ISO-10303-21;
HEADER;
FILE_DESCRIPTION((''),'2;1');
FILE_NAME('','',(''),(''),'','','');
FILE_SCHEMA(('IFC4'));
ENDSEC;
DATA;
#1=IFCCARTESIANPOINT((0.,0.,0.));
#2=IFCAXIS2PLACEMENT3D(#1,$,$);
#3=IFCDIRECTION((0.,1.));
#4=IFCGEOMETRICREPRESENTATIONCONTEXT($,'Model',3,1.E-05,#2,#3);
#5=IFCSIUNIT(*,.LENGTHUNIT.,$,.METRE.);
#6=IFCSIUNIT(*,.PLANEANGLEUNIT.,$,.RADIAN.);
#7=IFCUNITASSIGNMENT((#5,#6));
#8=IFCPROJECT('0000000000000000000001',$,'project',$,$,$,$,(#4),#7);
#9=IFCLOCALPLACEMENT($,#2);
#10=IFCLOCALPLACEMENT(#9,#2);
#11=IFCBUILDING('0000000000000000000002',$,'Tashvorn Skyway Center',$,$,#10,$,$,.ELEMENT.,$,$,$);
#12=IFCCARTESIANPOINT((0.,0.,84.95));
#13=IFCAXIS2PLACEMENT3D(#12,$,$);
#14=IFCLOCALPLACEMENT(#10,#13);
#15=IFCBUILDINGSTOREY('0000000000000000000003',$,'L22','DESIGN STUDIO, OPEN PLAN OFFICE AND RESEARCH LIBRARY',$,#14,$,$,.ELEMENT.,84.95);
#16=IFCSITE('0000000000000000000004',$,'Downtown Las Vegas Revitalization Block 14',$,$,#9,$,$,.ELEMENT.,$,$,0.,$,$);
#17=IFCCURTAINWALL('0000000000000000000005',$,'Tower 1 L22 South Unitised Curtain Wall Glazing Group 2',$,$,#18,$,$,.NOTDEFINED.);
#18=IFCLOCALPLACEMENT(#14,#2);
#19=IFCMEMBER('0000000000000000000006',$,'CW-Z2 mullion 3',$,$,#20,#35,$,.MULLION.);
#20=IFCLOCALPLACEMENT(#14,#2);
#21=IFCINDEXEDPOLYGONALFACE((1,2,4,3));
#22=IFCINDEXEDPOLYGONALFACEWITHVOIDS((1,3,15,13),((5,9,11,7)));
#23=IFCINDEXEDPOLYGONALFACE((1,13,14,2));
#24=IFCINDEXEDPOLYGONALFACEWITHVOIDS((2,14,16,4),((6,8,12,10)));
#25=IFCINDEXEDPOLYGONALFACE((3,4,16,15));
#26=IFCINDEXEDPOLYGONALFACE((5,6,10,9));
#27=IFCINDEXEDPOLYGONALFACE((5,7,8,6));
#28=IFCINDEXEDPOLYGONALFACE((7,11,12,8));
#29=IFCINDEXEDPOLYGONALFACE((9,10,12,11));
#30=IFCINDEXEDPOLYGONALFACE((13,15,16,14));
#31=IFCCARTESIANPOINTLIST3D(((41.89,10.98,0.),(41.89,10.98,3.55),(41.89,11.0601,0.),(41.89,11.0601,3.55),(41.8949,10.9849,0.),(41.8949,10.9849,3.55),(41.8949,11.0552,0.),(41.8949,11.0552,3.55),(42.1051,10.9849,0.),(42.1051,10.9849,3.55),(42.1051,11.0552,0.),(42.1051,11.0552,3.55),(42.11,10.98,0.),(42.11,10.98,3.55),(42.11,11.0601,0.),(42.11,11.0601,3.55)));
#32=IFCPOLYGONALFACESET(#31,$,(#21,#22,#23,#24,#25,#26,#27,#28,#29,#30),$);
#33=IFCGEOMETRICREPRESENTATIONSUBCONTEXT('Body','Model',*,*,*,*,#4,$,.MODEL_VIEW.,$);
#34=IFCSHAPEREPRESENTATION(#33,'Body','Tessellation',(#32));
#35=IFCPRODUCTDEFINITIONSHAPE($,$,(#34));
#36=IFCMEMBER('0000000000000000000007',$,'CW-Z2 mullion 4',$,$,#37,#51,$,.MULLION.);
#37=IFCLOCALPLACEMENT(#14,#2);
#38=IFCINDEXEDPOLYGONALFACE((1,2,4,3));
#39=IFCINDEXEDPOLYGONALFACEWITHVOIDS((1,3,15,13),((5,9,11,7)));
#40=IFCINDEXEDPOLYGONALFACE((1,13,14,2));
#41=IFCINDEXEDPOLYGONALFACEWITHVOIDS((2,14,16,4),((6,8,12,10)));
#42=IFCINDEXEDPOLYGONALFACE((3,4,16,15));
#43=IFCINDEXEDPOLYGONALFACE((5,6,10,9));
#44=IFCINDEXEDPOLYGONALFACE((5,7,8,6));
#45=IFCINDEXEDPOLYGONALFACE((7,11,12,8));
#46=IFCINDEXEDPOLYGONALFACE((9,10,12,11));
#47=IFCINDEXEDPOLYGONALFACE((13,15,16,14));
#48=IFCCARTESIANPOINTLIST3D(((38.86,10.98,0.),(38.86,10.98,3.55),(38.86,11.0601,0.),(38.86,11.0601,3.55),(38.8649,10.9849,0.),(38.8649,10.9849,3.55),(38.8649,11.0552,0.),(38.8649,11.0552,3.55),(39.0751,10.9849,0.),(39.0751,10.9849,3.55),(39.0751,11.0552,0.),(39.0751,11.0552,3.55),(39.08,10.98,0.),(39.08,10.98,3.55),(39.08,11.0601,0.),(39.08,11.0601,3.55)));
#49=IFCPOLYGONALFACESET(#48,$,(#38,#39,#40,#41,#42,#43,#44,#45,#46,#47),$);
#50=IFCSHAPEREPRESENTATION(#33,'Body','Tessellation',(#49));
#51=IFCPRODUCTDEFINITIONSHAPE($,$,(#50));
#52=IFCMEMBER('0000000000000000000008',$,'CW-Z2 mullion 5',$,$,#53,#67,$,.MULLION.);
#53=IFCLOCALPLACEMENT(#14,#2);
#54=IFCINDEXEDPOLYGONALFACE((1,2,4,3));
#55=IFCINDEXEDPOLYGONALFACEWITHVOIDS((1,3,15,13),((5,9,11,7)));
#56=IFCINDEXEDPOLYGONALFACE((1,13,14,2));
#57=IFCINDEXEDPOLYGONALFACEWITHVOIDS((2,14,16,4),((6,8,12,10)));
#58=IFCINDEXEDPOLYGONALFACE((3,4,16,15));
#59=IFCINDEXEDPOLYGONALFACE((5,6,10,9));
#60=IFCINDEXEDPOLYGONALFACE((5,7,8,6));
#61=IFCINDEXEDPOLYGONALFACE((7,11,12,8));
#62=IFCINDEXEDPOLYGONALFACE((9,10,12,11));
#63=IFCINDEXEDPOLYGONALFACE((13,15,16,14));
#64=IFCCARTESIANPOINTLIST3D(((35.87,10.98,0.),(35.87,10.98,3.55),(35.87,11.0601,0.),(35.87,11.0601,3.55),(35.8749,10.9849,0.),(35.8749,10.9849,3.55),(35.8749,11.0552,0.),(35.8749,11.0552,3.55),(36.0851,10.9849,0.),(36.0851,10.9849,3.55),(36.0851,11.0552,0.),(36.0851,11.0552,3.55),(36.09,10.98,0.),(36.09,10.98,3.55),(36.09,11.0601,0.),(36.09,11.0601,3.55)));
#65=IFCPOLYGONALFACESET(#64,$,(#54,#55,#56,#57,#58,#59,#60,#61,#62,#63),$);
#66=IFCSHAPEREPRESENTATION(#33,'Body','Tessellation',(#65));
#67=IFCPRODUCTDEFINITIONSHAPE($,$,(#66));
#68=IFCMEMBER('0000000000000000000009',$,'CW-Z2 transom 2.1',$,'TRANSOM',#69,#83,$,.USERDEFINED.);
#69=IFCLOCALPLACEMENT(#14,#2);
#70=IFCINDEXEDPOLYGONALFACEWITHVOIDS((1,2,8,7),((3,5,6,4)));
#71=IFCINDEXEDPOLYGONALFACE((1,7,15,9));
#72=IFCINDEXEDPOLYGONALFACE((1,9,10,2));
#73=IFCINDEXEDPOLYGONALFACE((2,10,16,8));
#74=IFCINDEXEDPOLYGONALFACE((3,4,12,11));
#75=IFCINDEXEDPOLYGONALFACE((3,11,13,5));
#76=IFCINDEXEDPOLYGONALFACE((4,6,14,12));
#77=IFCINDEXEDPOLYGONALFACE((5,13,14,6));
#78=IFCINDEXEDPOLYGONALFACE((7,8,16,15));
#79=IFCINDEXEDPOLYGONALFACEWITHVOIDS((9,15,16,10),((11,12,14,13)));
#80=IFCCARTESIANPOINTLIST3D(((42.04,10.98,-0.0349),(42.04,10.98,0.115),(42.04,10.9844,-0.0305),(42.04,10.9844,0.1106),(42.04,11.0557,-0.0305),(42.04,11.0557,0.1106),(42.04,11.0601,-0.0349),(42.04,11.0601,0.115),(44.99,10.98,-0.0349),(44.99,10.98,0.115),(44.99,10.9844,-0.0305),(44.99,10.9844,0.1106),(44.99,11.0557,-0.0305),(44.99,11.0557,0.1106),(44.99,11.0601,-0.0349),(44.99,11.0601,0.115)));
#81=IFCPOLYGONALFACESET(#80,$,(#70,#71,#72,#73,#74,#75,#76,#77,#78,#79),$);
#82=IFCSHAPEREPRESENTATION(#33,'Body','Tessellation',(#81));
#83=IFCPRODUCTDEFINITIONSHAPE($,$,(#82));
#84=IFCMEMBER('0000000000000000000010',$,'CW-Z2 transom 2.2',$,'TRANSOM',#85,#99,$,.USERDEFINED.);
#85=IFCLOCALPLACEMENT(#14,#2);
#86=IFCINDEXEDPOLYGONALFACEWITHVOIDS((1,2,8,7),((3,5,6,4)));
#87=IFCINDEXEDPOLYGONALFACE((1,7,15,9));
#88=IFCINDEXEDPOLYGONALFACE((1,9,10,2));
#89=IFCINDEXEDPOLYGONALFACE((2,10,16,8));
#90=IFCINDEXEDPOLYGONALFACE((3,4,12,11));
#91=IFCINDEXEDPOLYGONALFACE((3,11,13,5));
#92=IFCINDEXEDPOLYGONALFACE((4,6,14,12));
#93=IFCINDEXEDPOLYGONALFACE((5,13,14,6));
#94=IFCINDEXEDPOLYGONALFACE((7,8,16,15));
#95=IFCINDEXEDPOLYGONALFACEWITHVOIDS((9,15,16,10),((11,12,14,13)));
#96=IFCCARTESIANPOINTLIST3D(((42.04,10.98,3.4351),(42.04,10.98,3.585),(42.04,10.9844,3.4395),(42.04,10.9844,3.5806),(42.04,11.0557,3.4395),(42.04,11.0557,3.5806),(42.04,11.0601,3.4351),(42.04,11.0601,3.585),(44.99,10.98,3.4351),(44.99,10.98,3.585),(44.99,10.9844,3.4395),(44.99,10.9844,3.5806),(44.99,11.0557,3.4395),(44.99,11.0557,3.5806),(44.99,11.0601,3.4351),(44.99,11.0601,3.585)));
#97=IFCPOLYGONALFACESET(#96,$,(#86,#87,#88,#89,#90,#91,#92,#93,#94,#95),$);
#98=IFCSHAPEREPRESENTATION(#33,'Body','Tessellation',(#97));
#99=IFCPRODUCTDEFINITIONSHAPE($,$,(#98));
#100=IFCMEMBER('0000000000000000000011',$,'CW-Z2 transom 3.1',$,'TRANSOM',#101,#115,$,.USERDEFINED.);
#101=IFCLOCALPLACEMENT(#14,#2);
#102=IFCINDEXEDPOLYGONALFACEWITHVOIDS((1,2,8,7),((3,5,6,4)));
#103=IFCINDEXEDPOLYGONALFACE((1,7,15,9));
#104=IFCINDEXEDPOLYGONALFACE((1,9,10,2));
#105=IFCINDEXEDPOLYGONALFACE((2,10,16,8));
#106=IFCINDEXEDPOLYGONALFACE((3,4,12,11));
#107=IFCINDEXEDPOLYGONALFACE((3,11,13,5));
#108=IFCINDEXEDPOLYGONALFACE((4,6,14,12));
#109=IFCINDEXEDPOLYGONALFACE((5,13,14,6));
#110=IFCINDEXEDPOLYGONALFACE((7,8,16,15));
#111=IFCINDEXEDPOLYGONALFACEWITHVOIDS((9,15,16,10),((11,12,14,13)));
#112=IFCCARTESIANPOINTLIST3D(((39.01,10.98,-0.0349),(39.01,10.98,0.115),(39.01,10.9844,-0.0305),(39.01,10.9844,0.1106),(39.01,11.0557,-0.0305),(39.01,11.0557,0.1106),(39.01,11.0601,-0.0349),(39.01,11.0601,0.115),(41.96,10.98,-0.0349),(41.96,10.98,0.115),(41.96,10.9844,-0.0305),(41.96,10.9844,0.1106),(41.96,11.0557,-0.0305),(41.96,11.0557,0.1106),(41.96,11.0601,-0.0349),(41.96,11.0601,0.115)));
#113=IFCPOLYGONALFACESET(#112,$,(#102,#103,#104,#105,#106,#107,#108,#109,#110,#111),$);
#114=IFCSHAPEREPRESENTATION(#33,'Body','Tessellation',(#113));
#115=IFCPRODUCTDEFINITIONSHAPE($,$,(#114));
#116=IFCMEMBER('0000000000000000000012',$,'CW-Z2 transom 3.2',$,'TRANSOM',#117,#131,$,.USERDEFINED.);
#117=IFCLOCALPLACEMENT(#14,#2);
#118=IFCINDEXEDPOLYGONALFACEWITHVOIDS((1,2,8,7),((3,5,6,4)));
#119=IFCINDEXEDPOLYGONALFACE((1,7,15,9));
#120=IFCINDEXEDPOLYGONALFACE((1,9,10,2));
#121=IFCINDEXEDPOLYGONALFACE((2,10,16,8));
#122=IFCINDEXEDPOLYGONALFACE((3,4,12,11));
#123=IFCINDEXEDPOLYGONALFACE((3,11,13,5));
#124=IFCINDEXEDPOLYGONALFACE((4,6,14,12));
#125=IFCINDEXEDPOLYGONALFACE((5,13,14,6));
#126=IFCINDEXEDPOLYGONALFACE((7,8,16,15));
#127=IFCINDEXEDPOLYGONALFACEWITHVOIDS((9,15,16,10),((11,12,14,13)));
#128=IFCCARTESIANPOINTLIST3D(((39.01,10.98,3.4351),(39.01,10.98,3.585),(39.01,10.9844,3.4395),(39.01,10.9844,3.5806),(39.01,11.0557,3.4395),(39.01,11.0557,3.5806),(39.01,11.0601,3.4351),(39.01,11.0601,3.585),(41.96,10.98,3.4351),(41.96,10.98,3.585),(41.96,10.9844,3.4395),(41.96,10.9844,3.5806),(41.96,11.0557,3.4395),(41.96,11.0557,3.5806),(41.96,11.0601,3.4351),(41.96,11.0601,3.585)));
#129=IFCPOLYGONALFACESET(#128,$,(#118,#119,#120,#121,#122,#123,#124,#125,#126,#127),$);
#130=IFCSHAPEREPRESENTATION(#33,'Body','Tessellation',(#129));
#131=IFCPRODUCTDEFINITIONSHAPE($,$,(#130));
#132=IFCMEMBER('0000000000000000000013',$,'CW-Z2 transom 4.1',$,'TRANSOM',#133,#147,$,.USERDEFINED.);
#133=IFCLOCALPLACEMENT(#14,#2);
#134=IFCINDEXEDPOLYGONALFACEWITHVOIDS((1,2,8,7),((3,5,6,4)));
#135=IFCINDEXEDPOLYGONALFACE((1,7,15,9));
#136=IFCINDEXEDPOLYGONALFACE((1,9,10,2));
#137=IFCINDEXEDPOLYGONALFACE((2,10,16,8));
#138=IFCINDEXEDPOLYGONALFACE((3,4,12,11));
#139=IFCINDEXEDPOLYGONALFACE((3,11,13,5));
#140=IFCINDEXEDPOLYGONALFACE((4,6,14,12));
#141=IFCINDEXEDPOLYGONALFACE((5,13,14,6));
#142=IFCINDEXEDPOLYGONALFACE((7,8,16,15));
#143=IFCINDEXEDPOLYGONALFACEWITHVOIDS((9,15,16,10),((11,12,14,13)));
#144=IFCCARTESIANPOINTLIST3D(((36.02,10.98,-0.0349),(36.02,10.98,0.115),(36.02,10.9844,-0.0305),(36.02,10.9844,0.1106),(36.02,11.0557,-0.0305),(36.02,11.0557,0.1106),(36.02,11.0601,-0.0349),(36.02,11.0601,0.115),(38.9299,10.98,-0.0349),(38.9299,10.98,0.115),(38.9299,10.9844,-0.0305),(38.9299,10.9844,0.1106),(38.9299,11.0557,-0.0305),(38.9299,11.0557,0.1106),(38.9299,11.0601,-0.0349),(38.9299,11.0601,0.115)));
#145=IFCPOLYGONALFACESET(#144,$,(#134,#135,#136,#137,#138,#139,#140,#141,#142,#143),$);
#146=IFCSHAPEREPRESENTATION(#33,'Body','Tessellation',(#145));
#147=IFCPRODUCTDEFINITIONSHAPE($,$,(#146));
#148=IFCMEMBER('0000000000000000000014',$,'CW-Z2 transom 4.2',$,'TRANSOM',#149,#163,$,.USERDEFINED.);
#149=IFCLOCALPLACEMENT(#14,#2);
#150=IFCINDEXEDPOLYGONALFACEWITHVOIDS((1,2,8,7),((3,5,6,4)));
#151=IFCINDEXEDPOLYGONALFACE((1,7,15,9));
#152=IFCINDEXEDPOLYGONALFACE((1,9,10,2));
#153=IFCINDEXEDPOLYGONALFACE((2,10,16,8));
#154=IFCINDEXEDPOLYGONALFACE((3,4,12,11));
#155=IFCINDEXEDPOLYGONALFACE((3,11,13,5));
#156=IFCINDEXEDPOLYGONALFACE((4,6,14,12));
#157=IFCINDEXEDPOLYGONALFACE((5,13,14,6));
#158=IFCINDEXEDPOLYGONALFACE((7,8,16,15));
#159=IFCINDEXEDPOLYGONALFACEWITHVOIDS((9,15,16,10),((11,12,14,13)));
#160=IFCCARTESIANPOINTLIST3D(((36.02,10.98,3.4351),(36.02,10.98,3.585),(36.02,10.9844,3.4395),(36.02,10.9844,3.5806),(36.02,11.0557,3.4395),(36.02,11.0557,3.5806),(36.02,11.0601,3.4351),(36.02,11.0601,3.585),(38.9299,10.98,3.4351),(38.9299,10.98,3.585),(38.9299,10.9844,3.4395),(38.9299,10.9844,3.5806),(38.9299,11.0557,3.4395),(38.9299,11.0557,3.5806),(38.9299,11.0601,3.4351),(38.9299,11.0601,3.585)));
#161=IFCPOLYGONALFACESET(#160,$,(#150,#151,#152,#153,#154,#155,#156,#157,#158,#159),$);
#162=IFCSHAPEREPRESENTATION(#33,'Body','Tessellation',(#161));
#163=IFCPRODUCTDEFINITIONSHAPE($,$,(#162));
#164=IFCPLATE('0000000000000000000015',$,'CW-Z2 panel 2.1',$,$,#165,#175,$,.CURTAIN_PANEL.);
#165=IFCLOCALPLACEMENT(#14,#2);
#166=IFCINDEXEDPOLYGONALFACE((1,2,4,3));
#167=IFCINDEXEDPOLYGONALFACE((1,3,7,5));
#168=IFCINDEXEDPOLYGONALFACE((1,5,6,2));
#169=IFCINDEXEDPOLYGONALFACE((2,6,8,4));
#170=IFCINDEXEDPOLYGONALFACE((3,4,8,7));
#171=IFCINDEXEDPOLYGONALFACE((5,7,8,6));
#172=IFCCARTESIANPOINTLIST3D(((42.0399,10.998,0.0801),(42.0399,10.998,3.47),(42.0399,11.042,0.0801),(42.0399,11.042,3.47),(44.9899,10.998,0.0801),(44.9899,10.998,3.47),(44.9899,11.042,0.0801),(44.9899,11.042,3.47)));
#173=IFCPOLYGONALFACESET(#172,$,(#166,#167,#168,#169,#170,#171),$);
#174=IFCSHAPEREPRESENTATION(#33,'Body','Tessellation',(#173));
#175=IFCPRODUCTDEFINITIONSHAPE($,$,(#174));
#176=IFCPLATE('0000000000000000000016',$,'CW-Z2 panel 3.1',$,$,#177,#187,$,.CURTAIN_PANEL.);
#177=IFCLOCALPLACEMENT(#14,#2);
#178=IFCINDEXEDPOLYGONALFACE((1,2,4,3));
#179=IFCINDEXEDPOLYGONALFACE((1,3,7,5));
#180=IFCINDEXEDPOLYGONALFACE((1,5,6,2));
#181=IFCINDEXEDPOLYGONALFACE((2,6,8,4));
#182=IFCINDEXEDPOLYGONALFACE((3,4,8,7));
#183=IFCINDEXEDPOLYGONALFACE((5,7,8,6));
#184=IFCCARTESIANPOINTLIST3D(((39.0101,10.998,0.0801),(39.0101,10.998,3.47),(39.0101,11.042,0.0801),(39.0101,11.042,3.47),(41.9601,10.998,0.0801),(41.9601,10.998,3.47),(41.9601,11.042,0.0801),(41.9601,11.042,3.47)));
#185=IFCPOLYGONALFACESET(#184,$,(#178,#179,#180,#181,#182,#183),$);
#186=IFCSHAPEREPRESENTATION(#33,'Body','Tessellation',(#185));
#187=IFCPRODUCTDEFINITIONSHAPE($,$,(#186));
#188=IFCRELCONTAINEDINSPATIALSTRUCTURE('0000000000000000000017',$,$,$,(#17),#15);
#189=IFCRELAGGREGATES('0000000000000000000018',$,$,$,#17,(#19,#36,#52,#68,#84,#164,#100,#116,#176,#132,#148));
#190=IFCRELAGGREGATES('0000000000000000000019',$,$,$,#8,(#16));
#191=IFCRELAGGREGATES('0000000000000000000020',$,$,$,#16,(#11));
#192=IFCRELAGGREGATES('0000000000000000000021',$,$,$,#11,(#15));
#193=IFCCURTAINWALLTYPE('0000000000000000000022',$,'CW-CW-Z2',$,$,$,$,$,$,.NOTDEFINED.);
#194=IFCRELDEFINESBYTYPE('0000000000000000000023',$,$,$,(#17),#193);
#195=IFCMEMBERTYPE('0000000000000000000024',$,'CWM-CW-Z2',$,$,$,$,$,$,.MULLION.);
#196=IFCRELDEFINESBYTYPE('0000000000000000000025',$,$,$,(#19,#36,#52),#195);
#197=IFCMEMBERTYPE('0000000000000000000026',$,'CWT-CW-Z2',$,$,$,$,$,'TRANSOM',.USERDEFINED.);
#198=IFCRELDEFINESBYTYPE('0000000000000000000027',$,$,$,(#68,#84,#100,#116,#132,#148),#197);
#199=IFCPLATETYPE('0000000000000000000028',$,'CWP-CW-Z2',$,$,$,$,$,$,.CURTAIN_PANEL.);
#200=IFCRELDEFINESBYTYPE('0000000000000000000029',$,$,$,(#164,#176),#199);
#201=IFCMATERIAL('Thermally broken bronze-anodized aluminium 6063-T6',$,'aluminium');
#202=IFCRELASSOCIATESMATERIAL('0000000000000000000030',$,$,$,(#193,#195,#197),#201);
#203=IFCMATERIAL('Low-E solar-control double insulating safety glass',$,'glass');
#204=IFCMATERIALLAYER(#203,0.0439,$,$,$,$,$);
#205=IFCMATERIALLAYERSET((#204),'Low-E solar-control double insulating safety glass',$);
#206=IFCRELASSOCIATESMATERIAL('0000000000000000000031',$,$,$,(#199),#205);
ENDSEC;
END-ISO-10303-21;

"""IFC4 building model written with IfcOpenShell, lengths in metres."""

from ifc_helpers import new_model, si_unit, direction, frame, origin, origin_2d, place, context, subcontext, project, spatial, rectangle, hollow_rectangle, extrude, material, layer, layer_set, material_profile, profile_set, type_object, element, aggregate, save


model = new_model("IFC4")

# Units and contexts
model_context = context("Model", 3, precision=1e-05, world=origin(), true_north=direction((0.0, 1.0)))
body_context = subcontext(model_context, "Body", "Model", "MODEL_VIEW")
ifc_project = project(units=[si_unit("LENGTHUNIT", "METRE"), si_unit("PLANEANGLEUNIT", "RADIAN")], contexts=[model_context])

# Site, building, storey
site_placement = place(None, origin())
site = spatial("IfcSite", under=ifc_project, at=site_placement, Name="Downtown Las Vegas Revitalization Block 14", CompositionType="ELEMENT", RefElevation=0.0)
building_placement = place(site_placement, origin())
building = spatial("IfcBuilding", under=site, at=building_placement, Name="Tashvorn Skyway Center", CompositionType="ELEMENT")
storey_placement = place(building_placement, frame((0.0, 0.0, 84.95)))
storey = spatial("IfcBuildingStorey", under=building, at=storey_placement, Name="L22", Description="DESIGN STUDIO, OPEN PLAN OFFICE AND RESEARCH LIBRARY", CompositionType="ELEMENT", Elevation=84.95)

# Curtain wall, members, plates
ifc_material_1 = material(Name="Thermally broken bronze-anodized aluminium 6063-T6", Category="aluminium")
curtain_wall_type = type_object("IfcCurtainWallType", Name="CW-CW-Z2", PredefinedType="NOTDEFINED", material=ifc_material_1)
curtain_wall_placement = place(storey_placement, origin())
curtain_wall = element("IfcCurtainWall", 1, at=curtain_wall_placement, inside=storey, type_object=curtain_wall_type, Name="Tower 1 L22 South Unitised Curtain Wall Glazing Group 2", PredefinedType="NOTDEFINED")
ifc_material_profile_1 = material_profile(ifc_material_1, hollow_rectangle(XDim=0.0801, YDim=0.22, WallThickness=0.0049, at=origin_2d()), Name="ALU-MULL-80x220")
ifc_profile_set_1 = profile_set([ifc_material_profile_1], Name="Thermally broken bronze-anodized aluminium 6063-T6")
member_type_1 = type_object("IfcMemberType", Name="CWM-CW-Z2", PredefinedType="MULLION", material=ifc_profile_set_1)
member_1_placement = place(storey_placement, frame((42.0, 11.02, 0.0), z_axis=(0.0, 0.0, 1.0), x_axis=(0.0, -1.0, 0.0)))
member_1 = element("IfcMember", 2, at=member_1_placement, type_object=member_type_1, Name="CW-Z2 mullion 3", PredefinedType="MULLION", context=body_context, shape_type="SweptSolid", body=[
    extrude(hollow_rectangle(XDim=0.0801, YDim=0.22, WallThickness=0.0049, at=origin_2d()), origin(), (0.0, 0.0, 1.0), 3.55),
])
member_2_placement = place(storey_placement, frame((38.97, 11.02, 0.0), z_axis=(0.0, 0.0, 1.0), x_axis=(0.0, -1.0, 0.0)))
member_2 = element("IfcMember", 3, at=member_2_placement, type_object=member_type_1, Name="CW-Z2 mullion 4", PredefinedType="MULLION", context=body_context, shape_type="SweptSolid", body=[
    extrude(hollow_rectangle(XDim=0.0801, YDim=0.22, WallThickness=0.0049, at=origin_2d()), origin(), (0.0, 0.0, 1.0), 3.55),
])
member_3_placement = place(storey_placement, frame((35.98, 11.02, 0.0), z_axis=(0.0, 0.0, 1.0), x_axis=(0.0, -1.0, 0.0)))
member_3 = element("IfcMember", 4, at=member_3_placement, type_object=member_type_1, Name="CW-Z2 mullion 5", PredefinedType="MULLION", context=body_context, shape_type="SweptSolid", body=[
    extrude(hollow_rectangle(XDim=0.0801, YDim=0.22, WallThickness=0.0049, at=origin_2d()), origin(), (0.0, 0.0, 1.0), 3.55),
])
ifc_material_profile_2 = material_profile(ifc_material_1, hollow_rectangle(XDim=0.0801, YDim=0.1499, WallThickness=0.0044, at=origin_2d()), Name="ALU-TRAN-80x150")
ifc_profile_set_2 = profile_set([ifc_material_profile_2], Name="Thermally broken bronze-anodized aluminium 6063-T6")
member_type_2 = type_object("IfcMemberType", Name="CWT-CW-Z2", ElementType="TRANSOM", PredefinedType="USERDEFINED", material=ifc_profile_set_2)
member_4_placement = place(storey_placement, frame((44.99, 11.02, 0.04), z_axis=(-1.0, 0.0, 0.0), x_axis=(0.0, -1.0, 0.0)))
member_4 = element("IfcMember", 5, at=member_4_placement, type_object=member_type_2, Name="CW-Z2 transom 2.1", ObjectType="TRANSOM", PredefinedType="USERDEFINED", context=body_context, shape_type="SweptSolid", body=[
    extrude(hollow_rectangle(XDim=0.0801, YDim=0.1499, WallThickness=0.0044, at=origin_2d()), origin(), (0.0, 0.0, 1.0), 2.95),
])
member_5_placement = place(storey_placement, frame((44.99, 11.02, 3.51), z_axis=(-1.0, 0.0, 0.0), x_axis=(0.0, -1.0, 0.0)))
member_5 = element("IfcMember", 6, at=member_5_placement, type_object=member_type_2, Name="CW-Z2 transom 2.2", ObjectType="TRANSOM", PredefinedType="USERDEFINED", context=body_context, shape_type="SweptSolid", body=[
    extrude(hollow_rectangle(XDim=0.0801, YDim=0.1499, WallThickness=0.0044, at=origin_2d()), origin(), (0.0, 0.0, 1.0), 2.95),
])
member_6_placement = place(storey_placement, frame((41.96, 11.02, 0.04), z_axis=(-1.0, 0.0, 0.0), x_axis=(0.0, -1.0, 0.0)))
member_6 = element("IfcMember", 7, at=member_6_placement, type_object=member_type_2, Name="CW-Z2 transom 3.1", ObjectType="TRANSOM", PredefinedType="USERDEFINED", context=body_context, shape_type="SweptSolid", body=[
    extrude(hollow_rectangle(XDim=0.0801, YDim=0.1499, WallThickness=0.0044, at=origin_2d()), origin(), (0.0, 0.0, 1.0), 2.95),
])
member_7_placement = place(storey_placement, frame((41.96, 11.02, 3.51), z_axis=(-1.0, 0.0, 0.0), x_axis=(0.0, -1.0, 0.0)))
member_7 = element("IfcMember", 8, at=member_7_placement, type_object=member_type_2, Name="CW-Z2 transom 3.2", ObjectType="TRANSOM", PredefinedType="USERDEFINED", context=body_context, shape_type="SweptSolid", body=[
    extrude(hollow_rectangle(XDim=0.0801, YDim=0.1499, WallThickness=0.0044, at=origin_2d()), origin(), (0.0, 0.0, 1.0), 2.95),
])
member_8_placement = place(storey_placement, frame((38.9299, 11.02, 0.04), z_axis=(-1.0, 0.0, 0.0), x_axis=(0.0, -1.0, 0.0)))
member_8 = element("IfcMember", 9, at=member_8_placement, type_object=member_type_2, Name="CW-Z2 transom 4.1", ObjectType="TRANSOM", PredefinedType="USERDEFINED", context=body_context, shape_type="SweptSolid", body=[
    extrude(hollow_rectangle(XDim=0.0801, YDim=0.1499, WallThickness=0.0044, at=origin_2d()), origin(), (0.0, 0.0, 1.0), 2.9099),
])
member_9_placement = place(storey_placement, frame((38.9299, 11.02, 3.51), z_axis=(-1.0, 0.0, 0.0), x_axis=(0.0, -1.0, 0.0)))
member_9 = element("IfcMember", 10, at=member_9_placement, type_object=member_type_2, Name="CW-Z2 transom 4.2", ObjectType="TRANSOM", PredefinedType="USERDEFINED", context=body_context, shape_type="SweptSolid", body=[
    extrude(hollow_rectangle(XDim=0.0801, YDim=0.1499, WallThickness=0.0044, at=origin_2d()), origin(), (0.0, 0.0, 1.0), 2.9099),
])
ifc_material_2 = material(Name="Low-E solar-control double insulating safety glass", Category="glass")
ifc_layer_1 = layer(ifc_material_2, 0.0439)
ifc_layer_set_1 = layer_set([ifc_layer_1], Name="Low-E solar-control double insulating safety glass")
plate_type = type_object("IfcPlateType", Name="CWP-CW-Z2", PredefinedType="CURTAIN_PANEL", material=ifc_layer_set_1)
plate_1_placement = place(storey_placement, frame((43.5149, 11.02, 0.0801), z_axis=(0.0, 0.0, 1.0), x_axis=(-1.0, 0.0, 0.0)))
plate_1 = element("IfcPlate", 11, at=plate_1_placement, type_object=plate_type, Name="CW-Z2 panel 2.1", PredefinedType="CURTAIN_PANEL", context=body_context, shape_type="SweptSolid", body=[
    extrude(rectangle(XDim=2.95, YDim=0.0439, at=origin_2d()), origin(), (0.0, 0.0, 1.0), 3.3899),
])
plate_2_placement = place(storey_placement, frame((40.4851, 11.02, 0.0801), z_axis=(0.0, 0.0, 1.0), x_axis=(-1.0, 0.0, 0.0)))
plate_2 = element("IfcPlate", 12, at=plate_2_placement, type_object=plate_type, Name="CW-Z2 panel 3.1", PredefinedType="CURTAIN_PANEL", context=body_context, shape_type="SweptSolid", body=[
    extrude(rectangle(XDim=2.95, YDim=0.0439, at=origin_2d()), origin(), (0.0, 0.0, 1.0), 3.3899),
])
aggregate(curtain_wall, [member_1, member_2, member_3, member_4, member_5, plate_1, member_6, member_7, plate_2, member_8, member_9])

save(model, "model.ifc")
